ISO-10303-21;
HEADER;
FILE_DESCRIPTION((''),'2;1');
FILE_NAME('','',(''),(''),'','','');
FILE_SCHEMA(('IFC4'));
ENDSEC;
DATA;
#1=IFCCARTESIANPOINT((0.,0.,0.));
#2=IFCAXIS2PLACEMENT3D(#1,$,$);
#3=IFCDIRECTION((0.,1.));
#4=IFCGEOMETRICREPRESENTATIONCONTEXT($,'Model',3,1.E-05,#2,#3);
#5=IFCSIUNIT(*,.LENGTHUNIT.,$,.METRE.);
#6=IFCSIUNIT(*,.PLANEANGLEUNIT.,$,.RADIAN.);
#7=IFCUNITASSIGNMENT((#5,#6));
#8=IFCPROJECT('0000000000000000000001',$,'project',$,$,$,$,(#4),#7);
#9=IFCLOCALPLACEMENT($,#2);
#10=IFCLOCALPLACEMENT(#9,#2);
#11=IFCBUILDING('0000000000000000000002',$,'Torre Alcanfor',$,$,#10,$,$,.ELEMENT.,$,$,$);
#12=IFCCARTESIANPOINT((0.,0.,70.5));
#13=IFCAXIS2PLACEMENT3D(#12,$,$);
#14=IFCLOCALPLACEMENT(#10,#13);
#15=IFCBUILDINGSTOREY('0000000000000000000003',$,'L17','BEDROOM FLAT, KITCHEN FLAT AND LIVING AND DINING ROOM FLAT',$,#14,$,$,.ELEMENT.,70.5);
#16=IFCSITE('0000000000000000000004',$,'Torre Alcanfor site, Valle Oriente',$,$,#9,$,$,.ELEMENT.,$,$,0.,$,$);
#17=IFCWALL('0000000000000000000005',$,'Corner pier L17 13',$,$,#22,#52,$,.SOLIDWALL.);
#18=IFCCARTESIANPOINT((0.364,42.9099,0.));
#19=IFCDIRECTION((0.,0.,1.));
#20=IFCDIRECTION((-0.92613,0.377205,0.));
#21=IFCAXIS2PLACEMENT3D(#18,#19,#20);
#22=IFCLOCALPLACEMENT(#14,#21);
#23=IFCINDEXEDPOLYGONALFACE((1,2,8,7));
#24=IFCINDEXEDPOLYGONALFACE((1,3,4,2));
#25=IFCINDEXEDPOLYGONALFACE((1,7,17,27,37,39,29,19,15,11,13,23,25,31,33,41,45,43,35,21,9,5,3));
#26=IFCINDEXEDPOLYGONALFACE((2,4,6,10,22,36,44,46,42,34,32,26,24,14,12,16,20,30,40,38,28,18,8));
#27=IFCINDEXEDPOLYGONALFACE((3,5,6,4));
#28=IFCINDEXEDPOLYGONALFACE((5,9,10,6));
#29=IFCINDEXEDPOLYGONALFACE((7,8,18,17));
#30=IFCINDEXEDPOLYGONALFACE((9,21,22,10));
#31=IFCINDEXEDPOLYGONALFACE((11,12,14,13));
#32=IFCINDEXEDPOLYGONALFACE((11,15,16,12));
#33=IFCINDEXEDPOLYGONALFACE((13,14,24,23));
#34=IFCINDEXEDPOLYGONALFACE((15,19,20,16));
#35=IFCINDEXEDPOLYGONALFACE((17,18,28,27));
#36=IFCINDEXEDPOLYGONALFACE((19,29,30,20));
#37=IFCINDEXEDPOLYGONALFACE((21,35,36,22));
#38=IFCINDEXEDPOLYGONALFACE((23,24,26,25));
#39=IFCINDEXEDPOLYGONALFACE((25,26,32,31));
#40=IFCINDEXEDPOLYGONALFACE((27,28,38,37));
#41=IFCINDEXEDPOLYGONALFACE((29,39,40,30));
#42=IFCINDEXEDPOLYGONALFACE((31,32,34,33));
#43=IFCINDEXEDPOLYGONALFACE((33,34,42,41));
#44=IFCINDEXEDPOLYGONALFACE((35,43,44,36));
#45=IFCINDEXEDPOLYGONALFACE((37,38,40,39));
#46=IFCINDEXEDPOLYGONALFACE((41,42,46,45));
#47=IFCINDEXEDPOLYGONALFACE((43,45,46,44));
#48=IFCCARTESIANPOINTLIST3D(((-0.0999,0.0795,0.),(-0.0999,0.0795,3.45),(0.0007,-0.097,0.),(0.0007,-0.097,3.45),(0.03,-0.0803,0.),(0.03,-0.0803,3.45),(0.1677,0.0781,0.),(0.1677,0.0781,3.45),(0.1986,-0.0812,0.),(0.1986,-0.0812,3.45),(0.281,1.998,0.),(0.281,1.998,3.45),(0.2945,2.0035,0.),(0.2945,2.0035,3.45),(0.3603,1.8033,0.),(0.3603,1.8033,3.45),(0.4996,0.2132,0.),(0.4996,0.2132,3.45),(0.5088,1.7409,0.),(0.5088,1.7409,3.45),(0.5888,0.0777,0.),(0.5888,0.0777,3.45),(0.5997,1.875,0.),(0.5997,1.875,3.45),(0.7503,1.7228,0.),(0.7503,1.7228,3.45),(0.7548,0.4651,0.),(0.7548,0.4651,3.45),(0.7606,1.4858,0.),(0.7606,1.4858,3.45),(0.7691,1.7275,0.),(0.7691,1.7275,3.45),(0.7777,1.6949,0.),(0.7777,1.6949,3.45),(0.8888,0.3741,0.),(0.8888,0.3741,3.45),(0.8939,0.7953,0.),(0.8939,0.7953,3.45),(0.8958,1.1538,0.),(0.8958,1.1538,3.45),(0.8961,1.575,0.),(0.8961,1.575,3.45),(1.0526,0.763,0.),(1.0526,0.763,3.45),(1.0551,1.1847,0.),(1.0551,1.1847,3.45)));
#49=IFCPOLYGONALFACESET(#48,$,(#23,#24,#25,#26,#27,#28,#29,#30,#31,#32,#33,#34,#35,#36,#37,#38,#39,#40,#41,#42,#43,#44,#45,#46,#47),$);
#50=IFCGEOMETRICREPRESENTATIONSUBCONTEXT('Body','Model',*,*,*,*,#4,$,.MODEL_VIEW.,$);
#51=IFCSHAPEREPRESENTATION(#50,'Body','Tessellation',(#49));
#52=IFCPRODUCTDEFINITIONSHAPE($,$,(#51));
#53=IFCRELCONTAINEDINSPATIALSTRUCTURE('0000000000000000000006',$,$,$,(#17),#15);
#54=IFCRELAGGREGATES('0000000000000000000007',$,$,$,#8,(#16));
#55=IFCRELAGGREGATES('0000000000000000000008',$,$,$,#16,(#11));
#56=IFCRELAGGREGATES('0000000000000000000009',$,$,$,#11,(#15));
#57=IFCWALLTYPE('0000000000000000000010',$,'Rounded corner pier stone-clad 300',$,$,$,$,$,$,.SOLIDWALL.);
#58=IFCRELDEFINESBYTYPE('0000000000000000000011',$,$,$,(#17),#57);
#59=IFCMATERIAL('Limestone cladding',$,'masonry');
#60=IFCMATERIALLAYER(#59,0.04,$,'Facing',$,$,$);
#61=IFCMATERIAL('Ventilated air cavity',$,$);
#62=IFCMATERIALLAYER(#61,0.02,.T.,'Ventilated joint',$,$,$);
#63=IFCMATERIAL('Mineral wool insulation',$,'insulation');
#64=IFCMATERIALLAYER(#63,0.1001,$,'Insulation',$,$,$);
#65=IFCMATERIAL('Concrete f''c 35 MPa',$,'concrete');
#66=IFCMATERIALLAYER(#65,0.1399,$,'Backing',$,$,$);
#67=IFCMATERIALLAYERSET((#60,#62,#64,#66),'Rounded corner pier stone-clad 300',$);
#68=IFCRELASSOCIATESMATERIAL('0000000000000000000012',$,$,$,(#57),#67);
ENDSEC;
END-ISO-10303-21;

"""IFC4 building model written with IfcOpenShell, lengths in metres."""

from ifc_helpers import new_model, si_unit, direction, frame, origin, place, context, subcontext, project, spatial, polyline, outline, extrude, material, layer, layer_set, type_object, element, save


model = new_model("IFC4")

# Units and contexts
model_context = context("Model", 3, precision=1e-05, world=origin(), true_north=direction((0.0, 1.0)))
body_context = subcontext(model_context, "Body", "Model", "MODEL_VIEW")
ifc_project = project(units=[si_unit("LENGTHUNIT", "METRE"), si_unit("PLANEANGLEUNIT", "RADIAN")], contexts=[model_context])

# Site, building, storey
site_placement = place(None, origin())
site = spatial("IfcSite", under=ifc_project, at=site_placement, Name="Torre Alcanfor site, Valle Oriente", CompositionType="ELEMENT", RefElevation=0.0)
building_placement = place(site_placement, origin())
building = spatial("IfcBuilding", under=site, at=building_placement, Name="Torre Alcanfor", CompositionType="ELEMENT")
storey_placement = place(building_placement, frame((0.0, 0.0, 70.5)))
storey = spatial("IfcBuildingStorey", under=building, at=storey_placement, Name="L17", Description="BEDROOM FLAT, KITCHEN FLAT AND LIVING AND DINING ROOM FLAT", CompositionType="ELEMENT", Elevation=70.5)

# Shared definitions
ifc_material_1 = material(Name="Limestone cladding", Category="masonry")
ifc_material_2 = material(Name="Ventilated air cavity")
ifc_material_3 = material(Name="Mineral wool insulation", Category="insulation")
ifc_material_4 = material(Name="Concrete f'c 35 MPa", Category="concrete")

# Wall
ifc_layer_1 = layer(ifc_material_1, 0.04, Name="Facing")
ifc_layer_2 = layer(ifc_material_2, 0.02, ventilated=True, Name="Ventilated joint")
ifc_layer_3 = layer(ifc_material_3, 0.1001, Name="Insulation")
ifc_layer_4 = layer(ifc_material_4, 0.1399, Name="Backing")
ifc_layer_set_1 = layer_set([ifc_layer_1, ifc_layer_2, ifc_layer_3, ifc_layer_4], Name="Rounded corner pier stone-clad 300")
wall_type_1 = type_object("IfcWallType", Name="Rounded corner pier stone-clad 300", PredefinedType="SOLIDWALL", material=ifc_layer_set_1)
wall_1_placement = place(storey_placement, frame((0.364, 42.9099, 0.0), z_axis=(0.0, 0.0, 1.0), x_axis=(-0.92613, 0.377205, 0.0)))
element("IfcWall", 1, at=wall_1_placement, inside=storey, type_object=wall_type_1, Name="Corner pier L17 13", PredefinedType="SOLIDWALL", context=body_context, shape_type="SweptSolid", body=[
    extrude(outline(polyline([(0.3603, 1.8033), (0.5088, 1.7409), (0.7606, 1.4858), (0.8958, 1.1538), (0.8939, 0.7953), (0.7548, 0.4651), (0.4996, 0.2132), (0.1677, 0.0781), (-0.0999, 0.0795), (0.0007, -0.097), (0.03, -0.0803), (0.1986, -0.0812), (0.5888, 0.0777), (0.8888, 0.3741), (1.0526, 0.763), (1.0551, 1.1847), (0.8961, 1.575), (0.7777, 1.6949), (0.7691, 1.7275), (0.7503, 1.7228), (0.5997, 1.875), (0.2945, 2.0035), (0.281, 1.998), (0.3603, 1.8033)])), origin(), (0.0, 0.0, 1.0), 3.45),
])

save(model, "model.ifc")
